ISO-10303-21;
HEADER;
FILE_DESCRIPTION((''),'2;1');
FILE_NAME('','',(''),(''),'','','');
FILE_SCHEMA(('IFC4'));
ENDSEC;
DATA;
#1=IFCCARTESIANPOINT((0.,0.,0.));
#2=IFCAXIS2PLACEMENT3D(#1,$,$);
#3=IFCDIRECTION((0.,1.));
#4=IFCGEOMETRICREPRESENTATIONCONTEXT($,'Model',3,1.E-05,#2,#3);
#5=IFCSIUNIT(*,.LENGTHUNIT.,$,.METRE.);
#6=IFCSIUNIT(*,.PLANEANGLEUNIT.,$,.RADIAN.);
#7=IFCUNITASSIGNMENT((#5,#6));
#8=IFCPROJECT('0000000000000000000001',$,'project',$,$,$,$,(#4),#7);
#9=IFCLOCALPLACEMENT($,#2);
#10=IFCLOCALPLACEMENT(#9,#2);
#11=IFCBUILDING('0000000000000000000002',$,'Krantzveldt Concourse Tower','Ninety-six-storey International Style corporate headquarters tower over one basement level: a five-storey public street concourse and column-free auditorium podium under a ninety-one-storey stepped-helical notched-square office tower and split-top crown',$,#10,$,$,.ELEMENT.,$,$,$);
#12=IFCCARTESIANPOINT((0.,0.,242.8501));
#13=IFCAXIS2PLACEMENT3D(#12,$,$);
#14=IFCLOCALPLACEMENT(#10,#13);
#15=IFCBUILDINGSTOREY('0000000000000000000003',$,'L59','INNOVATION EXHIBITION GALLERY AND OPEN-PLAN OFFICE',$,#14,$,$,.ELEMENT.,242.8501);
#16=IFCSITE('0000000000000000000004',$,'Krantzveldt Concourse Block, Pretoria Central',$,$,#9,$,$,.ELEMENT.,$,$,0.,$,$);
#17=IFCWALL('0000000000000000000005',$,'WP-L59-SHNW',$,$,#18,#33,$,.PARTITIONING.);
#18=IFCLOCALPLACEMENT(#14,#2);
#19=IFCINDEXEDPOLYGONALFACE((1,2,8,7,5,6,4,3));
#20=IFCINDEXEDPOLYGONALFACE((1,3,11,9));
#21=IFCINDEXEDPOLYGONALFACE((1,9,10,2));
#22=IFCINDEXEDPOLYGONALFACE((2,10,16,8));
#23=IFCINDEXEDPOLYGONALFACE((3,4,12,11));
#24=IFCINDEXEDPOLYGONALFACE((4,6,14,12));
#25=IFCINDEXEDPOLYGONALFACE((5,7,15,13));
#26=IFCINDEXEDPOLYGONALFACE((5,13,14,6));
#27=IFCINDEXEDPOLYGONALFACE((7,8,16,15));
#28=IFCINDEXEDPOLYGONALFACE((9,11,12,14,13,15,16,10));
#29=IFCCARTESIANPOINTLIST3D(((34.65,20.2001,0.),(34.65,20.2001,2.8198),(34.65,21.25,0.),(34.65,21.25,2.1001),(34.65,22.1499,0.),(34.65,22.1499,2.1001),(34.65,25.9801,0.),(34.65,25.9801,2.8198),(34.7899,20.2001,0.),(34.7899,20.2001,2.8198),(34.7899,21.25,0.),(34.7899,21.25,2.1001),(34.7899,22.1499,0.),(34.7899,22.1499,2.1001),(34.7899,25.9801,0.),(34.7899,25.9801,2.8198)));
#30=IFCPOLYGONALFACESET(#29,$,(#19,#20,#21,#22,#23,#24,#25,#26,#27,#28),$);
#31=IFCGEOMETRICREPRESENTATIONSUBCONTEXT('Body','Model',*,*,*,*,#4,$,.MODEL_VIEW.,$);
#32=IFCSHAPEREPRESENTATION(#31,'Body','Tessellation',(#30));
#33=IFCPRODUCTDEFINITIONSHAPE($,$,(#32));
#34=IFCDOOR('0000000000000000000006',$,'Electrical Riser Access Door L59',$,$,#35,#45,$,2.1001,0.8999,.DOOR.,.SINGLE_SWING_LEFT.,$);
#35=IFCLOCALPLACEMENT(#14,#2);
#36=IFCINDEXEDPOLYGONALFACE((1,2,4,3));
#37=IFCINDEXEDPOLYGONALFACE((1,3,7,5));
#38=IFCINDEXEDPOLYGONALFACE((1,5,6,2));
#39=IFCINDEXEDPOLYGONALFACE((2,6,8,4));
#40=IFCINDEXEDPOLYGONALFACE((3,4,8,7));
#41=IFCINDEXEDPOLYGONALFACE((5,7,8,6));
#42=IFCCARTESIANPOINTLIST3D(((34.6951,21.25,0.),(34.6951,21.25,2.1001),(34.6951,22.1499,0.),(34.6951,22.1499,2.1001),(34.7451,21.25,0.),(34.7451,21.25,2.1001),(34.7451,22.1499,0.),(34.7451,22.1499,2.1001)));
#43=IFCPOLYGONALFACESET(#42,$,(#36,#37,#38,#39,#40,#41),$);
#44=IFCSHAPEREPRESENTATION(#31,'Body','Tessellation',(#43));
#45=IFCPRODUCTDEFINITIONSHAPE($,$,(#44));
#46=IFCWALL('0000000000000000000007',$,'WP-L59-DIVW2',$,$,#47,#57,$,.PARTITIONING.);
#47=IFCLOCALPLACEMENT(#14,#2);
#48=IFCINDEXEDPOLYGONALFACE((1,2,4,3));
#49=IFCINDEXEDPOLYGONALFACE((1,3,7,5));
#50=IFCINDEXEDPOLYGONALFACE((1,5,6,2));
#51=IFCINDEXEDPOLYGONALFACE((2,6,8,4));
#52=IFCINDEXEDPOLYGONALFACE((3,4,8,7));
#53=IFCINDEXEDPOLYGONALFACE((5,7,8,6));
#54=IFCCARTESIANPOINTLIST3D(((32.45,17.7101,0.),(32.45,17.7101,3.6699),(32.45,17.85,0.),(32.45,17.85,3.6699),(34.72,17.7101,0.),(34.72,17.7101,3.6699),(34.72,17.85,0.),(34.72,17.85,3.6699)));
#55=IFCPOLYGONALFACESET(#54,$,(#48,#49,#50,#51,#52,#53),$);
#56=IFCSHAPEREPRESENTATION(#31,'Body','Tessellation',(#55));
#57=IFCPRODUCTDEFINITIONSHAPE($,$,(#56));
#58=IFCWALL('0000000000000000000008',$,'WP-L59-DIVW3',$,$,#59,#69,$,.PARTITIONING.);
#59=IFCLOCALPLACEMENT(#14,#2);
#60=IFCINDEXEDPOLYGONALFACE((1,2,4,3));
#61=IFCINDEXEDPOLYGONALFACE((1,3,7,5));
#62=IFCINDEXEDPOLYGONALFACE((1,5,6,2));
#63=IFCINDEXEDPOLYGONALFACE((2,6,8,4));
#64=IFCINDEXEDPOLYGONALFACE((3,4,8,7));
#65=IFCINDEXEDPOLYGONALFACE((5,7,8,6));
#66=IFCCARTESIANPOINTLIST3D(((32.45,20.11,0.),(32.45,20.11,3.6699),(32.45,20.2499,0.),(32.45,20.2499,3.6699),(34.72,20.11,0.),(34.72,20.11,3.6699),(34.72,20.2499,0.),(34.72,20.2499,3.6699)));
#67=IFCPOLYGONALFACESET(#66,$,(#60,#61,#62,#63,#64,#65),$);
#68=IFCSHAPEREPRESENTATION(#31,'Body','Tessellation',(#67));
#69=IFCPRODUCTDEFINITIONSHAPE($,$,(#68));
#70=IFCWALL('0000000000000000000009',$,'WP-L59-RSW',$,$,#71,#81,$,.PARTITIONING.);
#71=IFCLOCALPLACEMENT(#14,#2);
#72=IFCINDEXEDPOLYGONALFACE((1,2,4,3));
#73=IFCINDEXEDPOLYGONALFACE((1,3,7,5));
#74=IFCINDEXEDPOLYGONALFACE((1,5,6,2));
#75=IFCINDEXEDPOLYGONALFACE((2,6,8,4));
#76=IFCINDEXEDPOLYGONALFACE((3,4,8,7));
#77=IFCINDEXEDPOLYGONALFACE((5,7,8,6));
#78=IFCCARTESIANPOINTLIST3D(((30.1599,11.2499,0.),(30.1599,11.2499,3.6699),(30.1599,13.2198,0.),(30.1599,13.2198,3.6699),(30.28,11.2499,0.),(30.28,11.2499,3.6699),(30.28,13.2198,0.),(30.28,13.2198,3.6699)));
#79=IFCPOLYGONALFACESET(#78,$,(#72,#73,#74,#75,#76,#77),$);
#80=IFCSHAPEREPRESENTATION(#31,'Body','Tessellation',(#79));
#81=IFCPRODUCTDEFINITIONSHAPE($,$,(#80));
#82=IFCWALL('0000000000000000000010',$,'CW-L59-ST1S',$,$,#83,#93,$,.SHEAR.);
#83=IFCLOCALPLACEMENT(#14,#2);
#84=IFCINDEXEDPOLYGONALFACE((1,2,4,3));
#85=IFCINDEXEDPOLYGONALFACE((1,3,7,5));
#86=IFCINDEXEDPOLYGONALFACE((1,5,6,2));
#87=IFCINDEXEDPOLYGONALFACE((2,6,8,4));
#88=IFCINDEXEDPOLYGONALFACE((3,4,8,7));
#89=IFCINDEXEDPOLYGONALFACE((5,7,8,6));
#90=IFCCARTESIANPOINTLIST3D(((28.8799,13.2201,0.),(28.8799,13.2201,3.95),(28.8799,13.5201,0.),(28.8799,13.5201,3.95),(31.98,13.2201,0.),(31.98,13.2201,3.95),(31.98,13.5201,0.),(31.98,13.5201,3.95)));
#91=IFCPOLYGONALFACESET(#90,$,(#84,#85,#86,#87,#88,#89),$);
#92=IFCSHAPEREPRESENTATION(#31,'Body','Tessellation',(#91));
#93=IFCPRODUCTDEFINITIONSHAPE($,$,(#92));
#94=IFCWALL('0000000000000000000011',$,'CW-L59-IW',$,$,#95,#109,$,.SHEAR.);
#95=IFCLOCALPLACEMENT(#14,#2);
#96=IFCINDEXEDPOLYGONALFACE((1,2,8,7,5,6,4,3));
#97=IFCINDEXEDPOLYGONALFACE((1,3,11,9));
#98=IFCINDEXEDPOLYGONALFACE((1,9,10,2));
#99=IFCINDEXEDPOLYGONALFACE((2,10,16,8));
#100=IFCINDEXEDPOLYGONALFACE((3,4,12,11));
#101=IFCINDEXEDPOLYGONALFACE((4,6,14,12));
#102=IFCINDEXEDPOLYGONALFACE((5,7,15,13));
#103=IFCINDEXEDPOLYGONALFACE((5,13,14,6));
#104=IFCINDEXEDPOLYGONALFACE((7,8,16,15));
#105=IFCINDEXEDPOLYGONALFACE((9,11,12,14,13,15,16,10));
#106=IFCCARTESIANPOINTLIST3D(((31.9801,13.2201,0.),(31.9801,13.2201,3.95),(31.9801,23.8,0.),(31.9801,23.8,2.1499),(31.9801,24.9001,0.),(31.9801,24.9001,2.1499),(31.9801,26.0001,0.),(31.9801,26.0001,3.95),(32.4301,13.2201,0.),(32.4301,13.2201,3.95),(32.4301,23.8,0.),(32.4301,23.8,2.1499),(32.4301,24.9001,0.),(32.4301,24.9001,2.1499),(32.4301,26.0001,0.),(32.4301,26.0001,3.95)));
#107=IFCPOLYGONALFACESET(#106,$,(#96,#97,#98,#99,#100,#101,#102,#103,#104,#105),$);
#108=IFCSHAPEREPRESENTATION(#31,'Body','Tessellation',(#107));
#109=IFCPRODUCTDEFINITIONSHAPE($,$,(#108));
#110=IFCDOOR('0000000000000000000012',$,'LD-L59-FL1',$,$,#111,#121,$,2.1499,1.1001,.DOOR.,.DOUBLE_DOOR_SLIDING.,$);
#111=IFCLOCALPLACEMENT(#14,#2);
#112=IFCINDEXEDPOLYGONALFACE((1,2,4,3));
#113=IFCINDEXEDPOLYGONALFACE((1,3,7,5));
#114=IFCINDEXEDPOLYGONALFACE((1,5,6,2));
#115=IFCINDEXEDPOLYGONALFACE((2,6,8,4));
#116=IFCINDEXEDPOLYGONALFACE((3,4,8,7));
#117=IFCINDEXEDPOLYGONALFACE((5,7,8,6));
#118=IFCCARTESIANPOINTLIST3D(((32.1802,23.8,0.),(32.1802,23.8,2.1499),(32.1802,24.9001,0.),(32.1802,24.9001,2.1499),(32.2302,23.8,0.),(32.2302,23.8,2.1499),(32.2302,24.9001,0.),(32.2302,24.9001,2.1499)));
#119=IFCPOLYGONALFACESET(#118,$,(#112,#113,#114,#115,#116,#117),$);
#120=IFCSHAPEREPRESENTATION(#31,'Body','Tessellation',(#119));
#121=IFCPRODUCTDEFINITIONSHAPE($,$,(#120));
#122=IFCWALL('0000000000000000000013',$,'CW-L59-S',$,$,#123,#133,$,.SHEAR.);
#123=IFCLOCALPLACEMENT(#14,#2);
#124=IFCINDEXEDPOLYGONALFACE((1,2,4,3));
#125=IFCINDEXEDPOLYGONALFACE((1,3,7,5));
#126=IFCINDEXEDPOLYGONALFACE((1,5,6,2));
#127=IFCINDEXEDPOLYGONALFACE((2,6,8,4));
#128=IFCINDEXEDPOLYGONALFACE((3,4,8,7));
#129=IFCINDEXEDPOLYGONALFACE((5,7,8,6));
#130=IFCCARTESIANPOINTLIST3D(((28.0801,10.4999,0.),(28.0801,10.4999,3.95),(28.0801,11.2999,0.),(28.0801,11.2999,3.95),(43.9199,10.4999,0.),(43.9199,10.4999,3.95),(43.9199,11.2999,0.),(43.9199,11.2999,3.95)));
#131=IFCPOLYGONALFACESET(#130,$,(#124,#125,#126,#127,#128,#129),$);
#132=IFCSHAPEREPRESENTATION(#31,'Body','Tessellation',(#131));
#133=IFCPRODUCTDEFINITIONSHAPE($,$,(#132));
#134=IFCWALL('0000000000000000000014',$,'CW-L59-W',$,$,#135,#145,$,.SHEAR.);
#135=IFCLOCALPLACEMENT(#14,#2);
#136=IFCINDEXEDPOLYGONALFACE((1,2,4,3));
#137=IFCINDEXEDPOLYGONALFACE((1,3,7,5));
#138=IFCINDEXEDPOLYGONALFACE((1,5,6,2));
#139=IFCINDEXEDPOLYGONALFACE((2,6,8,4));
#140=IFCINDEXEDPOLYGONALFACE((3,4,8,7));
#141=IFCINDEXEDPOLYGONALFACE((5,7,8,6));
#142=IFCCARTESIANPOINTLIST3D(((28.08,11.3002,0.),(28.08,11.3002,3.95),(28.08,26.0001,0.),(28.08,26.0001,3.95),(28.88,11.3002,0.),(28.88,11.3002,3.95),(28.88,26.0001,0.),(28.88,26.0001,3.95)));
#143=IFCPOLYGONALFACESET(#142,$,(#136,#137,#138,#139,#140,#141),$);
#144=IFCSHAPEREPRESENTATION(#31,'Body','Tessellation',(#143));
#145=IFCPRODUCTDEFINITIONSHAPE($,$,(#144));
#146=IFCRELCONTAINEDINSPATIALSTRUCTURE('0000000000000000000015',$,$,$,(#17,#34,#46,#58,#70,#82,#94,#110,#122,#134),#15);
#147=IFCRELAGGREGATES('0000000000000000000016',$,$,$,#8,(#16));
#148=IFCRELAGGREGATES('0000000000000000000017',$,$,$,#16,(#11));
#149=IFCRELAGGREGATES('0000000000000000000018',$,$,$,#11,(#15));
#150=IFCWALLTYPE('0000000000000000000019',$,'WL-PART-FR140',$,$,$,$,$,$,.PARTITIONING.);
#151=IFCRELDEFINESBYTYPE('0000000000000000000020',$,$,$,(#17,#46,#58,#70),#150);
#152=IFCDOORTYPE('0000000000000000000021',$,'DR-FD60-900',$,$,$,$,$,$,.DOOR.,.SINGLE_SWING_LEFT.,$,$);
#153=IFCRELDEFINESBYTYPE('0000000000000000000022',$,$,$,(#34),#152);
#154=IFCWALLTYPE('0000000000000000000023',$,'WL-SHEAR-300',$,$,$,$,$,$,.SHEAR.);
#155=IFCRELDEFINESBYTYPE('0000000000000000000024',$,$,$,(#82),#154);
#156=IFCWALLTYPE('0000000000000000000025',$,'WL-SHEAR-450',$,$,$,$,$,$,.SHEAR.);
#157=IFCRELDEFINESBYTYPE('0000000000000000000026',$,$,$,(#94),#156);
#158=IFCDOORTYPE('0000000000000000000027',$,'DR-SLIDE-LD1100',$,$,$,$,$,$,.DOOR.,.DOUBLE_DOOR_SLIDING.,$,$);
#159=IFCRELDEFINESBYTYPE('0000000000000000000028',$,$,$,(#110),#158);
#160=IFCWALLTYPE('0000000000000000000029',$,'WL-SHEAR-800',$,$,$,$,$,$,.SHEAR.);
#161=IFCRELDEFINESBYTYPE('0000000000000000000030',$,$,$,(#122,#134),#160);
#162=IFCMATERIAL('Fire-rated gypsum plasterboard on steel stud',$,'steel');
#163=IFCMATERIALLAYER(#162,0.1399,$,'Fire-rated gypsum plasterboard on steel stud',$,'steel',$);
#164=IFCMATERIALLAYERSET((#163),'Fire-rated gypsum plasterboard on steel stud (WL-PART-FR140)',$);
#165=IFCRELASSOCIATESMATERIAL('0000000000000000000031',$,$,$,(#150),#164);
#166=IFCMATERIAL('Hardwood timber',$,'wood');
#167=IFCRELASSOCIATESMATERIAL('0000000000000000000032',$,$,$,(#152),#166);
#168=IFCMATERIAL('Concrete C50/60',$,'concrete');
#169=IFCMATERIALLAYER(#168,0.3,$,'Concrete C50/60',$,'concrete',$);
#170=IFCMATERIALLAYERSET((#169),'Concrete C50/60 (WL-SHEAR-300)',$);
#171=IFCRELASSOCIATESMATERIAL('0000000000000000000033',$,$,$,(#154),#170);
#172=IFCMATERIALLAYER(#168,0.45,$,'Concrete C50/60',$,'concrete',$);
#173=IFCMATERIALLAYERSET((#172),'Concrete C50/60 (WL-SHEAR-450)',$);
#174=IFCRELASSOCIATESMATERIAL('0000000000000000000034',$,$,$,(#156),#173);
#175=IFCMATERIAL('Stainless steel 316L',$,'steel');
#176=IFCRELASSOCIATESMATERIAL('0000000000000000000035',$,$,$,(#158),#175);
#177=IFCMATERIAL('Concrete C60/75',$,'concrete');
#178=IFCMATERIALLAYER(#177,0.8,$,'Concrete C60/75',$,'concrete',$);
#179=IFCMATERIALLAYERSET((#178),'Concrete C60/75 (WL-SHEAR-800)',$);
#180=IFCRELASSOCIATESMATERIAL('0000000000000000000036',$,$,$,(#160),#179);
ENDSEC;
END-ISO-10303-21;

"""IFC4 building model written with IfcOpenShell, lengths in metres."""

from ifc_helpers import new_model, si_unit, direction, frame, frame_2d, origin, place, context, subcontext, project, spatial, rectangle, extrude, material, layer, layer_set, type_object, element, fill, save


model = new_model("IFC4")

# Units and contexts
model_context = context("Model", 3, precision=1e-05, world=origin(), true_north=direction((0.0, 1.0)))
body_context = subcontext(model_context, "Body", "Model", "MODEL_VIEW")
ifc_project = project(units=[si_unit("LENGTHUNIT", "METRE"), si_unit("PLANEANGLEUNIT", "RADIAN")], contexts=[model_context])

# Site, building, storey
site_placement = place(None, origin())
site = spatial("IfcSite", under=ifc_project, at=site_placement, Name="Krantzveldt Concourse Block, Pretoria Central", CompositionType="ELEMENT", RefElevation=0.0)
building_placement = place(site_placement, origin())
building = spatial("IfcBuilding", under=site, at=building_placement, Name="Krantzveldt Concourse Tower", Description="Ninety-six-storey International Style corporate headquarters tower over one basement level: a five-storey public street concourse and column-free auditorium podium under a ninety-one-storey stepped-helical notched-square office tower and split-top crown", CompositionType="ELEMENT")
storey_placement = place(building_placement, frame((0.0, 0.0, 242.8501)))
storey = spatial("IfcBuildingStorey", under=building, at=storey_placement, Name="L59", Description="INNOVATION EXHIBITION GALLERY AND OPEN-PLAN OFFICE", CompositionType="ELEMENT", Elevation=242.8501)

# Shared definitions
ifc_material_1 = material(Name="Concrete C50/60", Category="concrete")

# Wall, opening, door
ifc_material_2 = material(Name="Fire-rated gypsum plasterboard on steel stud", Category="steel")
ifc_material_3 = material(Name="Hardwood timber", Category="wood")
ifc_layer_1 = layer(ifc_material_2, 0.1399, Name="Fire-rated gypsum plasterboard on steel stud", Category="steel")
ifc_layer_set_1 = layer_set([ifc_layer_1], Name="Fire-rated gypsum plasterboard on steel stud (WL-PART-FR140)")
wall_type_1 = type_object("IfcWallType", Name="WL-PART-FR140", PredefinedType="PARTITIONING", material=ifc_layer_set_1)
wall_1_placement = place(storey_placement, frame((34.72, 20.2, 0.0), z_axis=(0.0, 0.0, 1.0), x_axis=(0.0, 1.0, 0.0)))
wall_1 = element("IfcWall", 1, at=wall_1_placement, inside=storey, type_object=wall_type_1, Name="WP-L59-SHNW", PredefinedType="PARTITIONING", context=body_context, shape_type="SweptSolid", body=[
    extrude(rectangle(XDim=5.78, YDim=0.1399, at=frame_2d((2.8901, 0.0))), origin(), (0.0, 0.0, 1.0), 2.8198),
])
opening_1_placement = place(wall_1_placement, frame((1.05, 0.0, 0.0)))
opening_1 = element("IfcOpeningElement", 2, at=opening_1_placement, cuts=wall_1, PredefinedType="OPENING", context=body_context, shape_type="SweptSolid", body=[
    extrude(rectangle(XDim=0.8999, YDim=2.1001, at=frame_2d((0.45, 1.05))), frame((0.0, 0.0801, 0.0), z_axis=(0.0, -1.0, 0.0), x_axis=(1.0, 0.0, 0.0)), (0.0, 0.0, 1.0), 0.1599),
])
door_type_1 = type_object("IfcDoorType", Name="DR-FD60-900", OperationType="SINGLE_SWING_LEFT", PredefinedType="DOOR", material=ifc_material_3)
door_1_placement = place(opening_1_placement, origin())
door_1 = element("IfcDoor", 3, at=door_1_placement, inside=storey, type_object=door_type_1, Name="Electrical Riser Access Door L59", OperationType="SINGLE_SWING_LEFT", OverallHeight=2.1001, OverallWidth=0.8999, PredefinedType="DOOR", context=body_context, shape_type="SweptSolid", body=[
    extrude(rectangle(XDim=0.8999, YDim=2.1001, at=frame_2d((0.45, 1.05))), frame((0.0, 0.0249, 0.0), z_axis=(0.0, -1.0, 0.0), x_axis=(1.0, 0.0, 0.0)), (0.0, 0.0, 1.0), 0.05),
])
fill(opening_1, door_1)

# Walls
for number, where, z_axis, x_axis, name in (
    (4, (32.45, 17.78, 0.0), (0.0, 0.0, 1.0), (1.0, 0.0, 0.0), "WP-L59-DIVW2"),
    (5, (32.45, 20.1799, 0.0), (0.0, 0.0, 1.0), (1.0, 0.0, 0.0), "WP-L59-DIVW3"),
):
    element("IfcWall", number, at=place(storey_placement, frame(where, z_axis=z_axis, x_axis=x_axis)), inside=storey, type_object=wall_type_1, Name=name, PredefinedType="PARTITIONING", context=body_context, shape_type="SweptSolid", body=[
        extrude(rectangle(XDim=2.27, YDim=0.1399, at=frame_2d((1.135, 0.0))), origin(), (0.0, 0.0, 1.0), 3.6699),
    ])
wall_2_placement = place(storey_placement, frame((30.22, 11.25, 0.0), z_axis=(0.0, 0.0, 1.0), x_axis=(0.0, 1.0, 0.0)))
element("IfcWall", 6, at=wall_2_placement, inside=storey, type_object=wall_type_1, Name="WP-L59-RSW", PredefinedType="PARTITIONING", context=body_context, shape_type="SweptSolid", body=[
    extrude(rectangle(XDim=1.97, YDim=0.1201, at=frame_2d((0.9849, 0.0))), origin(), (0.0, 0.0, 1.0), 3.6699),
])
ifc_layer_2 = layer(ifc_material_1, 0.3, Name="Concrete C50/60", Category="concrete")
ifc_layer_set_2 = layer_set([ifc_layer_2], Name="Concrete C50/60 (WL-SHEAR-300)")
wall_type_2 = type_object("IfcWallType", Name="WL-SHEAR-300", PredefinedType="SHEAR", material=ifc_layer_set_2)
wall_3_placement = place(storey_placement, frame((28.8799, 13.3701, 0.0), z_axis=(0.0, 0.0, 1.0), x_axis=(1.0, 0.0, 0.0)))
element("IfcWall", 7, at=wall_3_placement, inside=storey, type_object=wall_type_2, Name="CW-L59-ST1S", PredefinedType="SHEAR", context=body_context, shape_type="SweptSolid", body=[
    extrude(rectangle(XDim=3.1001, YDim=0.3, at=frame_2d((1.55, 0.0))), origin(), (0.0, 0.0, 1.0), 3.95),
])

# Wall, opening, door
ifc_layer_3 = layer(ifc_material_1, 0.45, Name="Concrete C50/60", Category="concrete")
ifc_layer_set_3 = layer_set([ifc_layer_3], Name="Concrete C50/60 (WL-SHEAR-450)")
wall_type_3 = type_object("IfcWallType", Name="WL-SHEAR-450", PredefinedType="SHEAR", material=ifc_layer_set_3)
wall_4_placement = place(storey_placement, frame((32.2051, 13.22, 0.0), z_axis=(0.0, 0.0, 1.0), x_axis=(0.0, 1.0, 0.0)))
wall_4 = element("IfcWall", 8, at=wall_4_placement, inside=storey, type_object=wall_type_3, Name="CW-L59-IW", PredefinedType="SHEAR", context=body_context, shape_type="SweptSolid", body=[
    extrude(rectangle(XDim=12.78, YDim=0.45, at=frame_2d((6.3901, 0.0))), origin(), (0.0, 0.0, 1.0), 3.95),
])
opening_2_placement = place(wall_4_placement, frame((10.5801, 0.0, 0.0)))
opening_2 = element("IfcOpeningElement", 9, at=opening_2_placement, cuts=wall_4, PredefinedType="OPENING", context=body_context, shape_type="SweptSolid", body=[
    extrude(rectangle(XDim=1.1001, YDim=2.1499, at=frame_2d((0.55, 1.075))), frame((0.0, 0.2349, 0.0), z_axis=(0.0, -1.0, 0.0), x_axis=(1.0, 0.0, 0.0)), (0.0, 0.0, 1.0), 0.47),
])
ifc_material_4 = material(Name="Stainless steel 316L", Category="steel")
door_type_2 = type_object("IfcDoorType", Name="DR-SLIDE-LD1100", OperationType="DOUBLE_DOOR_SLIDING", PredefinedType="DOOR", material=ifc_material_4)
door_2_placement = place(opening_2_placement, origin())
door_2 = element("IfcDoor", 10, at=door_2_placement, inside=storey, type_object=door_type_2, Name="LD-L59-FL1", OperationType="DOUBLE_DOOR_SLIDING", OverallHeight=2.1499, OverallWidth=1.1001, PredefinedType="DOOR", context=body_context, shape_type="SweptSolid", body=[
    extrude(rectangle(XDim=1.1001, YDim=2.1499, at=frame_2d((0.55, 1.075))), frame((0.0, 0.0249, 0.0), z_axis=(0.0, -1.0, 0.0), x_axis=(1.0, 0.0, 0.0)), (0.0, 0.0, 1.0), 0.05),
])
fill(opening_2, door_2)

# Walls
ifc_material_5 = material(Name="Concrete C60/75", Category="concrete")
ifc_layer_4 = layer(ifc_material_5, 0.8, Name="Concrete C60/75", Category="concrete")
ifc_layer_set_4 = layer_set([ifc_layer_4], Name="Concrete C60/75 (WL-SHEAR-800)")
wall_type_4 = type_object("IfcWallType", Name="WL-SHEAR-800", PredefinedType="SHEAR", material=ifc_layer_set_4)
wall_5_placement = place(storey_placement, frame((28.0801, 10.8999, 0.0), z_axis=(0.0, 0.0, 1.0), x_axis=(1.0, 0.0, 0.0)))
element("IfcWall", 11, at=wall_5_placement, inside=storey, type_object=wall_type_4, Name="CW-L59-S", PredefinedType="SHEAR", context=body_context, shape_type="SweptSolid", body=[
    extrude(rectangle(XDim=15.8398, YDim=0.8, at=frame_2d((7.9199, 0.0))), origin(), (0.0, 0.0, 1.0), 3.95),
])
wall_6_placement = place(storey_placement, frame((28.48, 11.3, 0.0), z_axis=(0.0, 0.0, 1.0), x_axis=(0.0, 1.0, 0.0)))
element("IfcWall", 12, at=wall_6_placement, inside=storey, type_object=wall_type_4, Name="CW-L59-W", PredefinedType="SHEAR", context=body_context, shape_type="SweptSolid", body=[
    extrude(rectangle(XDim=14.7, YDim=0.8, at=frame_2d((7.3501, 0.0))), origin(), (0.0, 0.0, 1.0), 3.95),
])

save(model, "model.ifc")
